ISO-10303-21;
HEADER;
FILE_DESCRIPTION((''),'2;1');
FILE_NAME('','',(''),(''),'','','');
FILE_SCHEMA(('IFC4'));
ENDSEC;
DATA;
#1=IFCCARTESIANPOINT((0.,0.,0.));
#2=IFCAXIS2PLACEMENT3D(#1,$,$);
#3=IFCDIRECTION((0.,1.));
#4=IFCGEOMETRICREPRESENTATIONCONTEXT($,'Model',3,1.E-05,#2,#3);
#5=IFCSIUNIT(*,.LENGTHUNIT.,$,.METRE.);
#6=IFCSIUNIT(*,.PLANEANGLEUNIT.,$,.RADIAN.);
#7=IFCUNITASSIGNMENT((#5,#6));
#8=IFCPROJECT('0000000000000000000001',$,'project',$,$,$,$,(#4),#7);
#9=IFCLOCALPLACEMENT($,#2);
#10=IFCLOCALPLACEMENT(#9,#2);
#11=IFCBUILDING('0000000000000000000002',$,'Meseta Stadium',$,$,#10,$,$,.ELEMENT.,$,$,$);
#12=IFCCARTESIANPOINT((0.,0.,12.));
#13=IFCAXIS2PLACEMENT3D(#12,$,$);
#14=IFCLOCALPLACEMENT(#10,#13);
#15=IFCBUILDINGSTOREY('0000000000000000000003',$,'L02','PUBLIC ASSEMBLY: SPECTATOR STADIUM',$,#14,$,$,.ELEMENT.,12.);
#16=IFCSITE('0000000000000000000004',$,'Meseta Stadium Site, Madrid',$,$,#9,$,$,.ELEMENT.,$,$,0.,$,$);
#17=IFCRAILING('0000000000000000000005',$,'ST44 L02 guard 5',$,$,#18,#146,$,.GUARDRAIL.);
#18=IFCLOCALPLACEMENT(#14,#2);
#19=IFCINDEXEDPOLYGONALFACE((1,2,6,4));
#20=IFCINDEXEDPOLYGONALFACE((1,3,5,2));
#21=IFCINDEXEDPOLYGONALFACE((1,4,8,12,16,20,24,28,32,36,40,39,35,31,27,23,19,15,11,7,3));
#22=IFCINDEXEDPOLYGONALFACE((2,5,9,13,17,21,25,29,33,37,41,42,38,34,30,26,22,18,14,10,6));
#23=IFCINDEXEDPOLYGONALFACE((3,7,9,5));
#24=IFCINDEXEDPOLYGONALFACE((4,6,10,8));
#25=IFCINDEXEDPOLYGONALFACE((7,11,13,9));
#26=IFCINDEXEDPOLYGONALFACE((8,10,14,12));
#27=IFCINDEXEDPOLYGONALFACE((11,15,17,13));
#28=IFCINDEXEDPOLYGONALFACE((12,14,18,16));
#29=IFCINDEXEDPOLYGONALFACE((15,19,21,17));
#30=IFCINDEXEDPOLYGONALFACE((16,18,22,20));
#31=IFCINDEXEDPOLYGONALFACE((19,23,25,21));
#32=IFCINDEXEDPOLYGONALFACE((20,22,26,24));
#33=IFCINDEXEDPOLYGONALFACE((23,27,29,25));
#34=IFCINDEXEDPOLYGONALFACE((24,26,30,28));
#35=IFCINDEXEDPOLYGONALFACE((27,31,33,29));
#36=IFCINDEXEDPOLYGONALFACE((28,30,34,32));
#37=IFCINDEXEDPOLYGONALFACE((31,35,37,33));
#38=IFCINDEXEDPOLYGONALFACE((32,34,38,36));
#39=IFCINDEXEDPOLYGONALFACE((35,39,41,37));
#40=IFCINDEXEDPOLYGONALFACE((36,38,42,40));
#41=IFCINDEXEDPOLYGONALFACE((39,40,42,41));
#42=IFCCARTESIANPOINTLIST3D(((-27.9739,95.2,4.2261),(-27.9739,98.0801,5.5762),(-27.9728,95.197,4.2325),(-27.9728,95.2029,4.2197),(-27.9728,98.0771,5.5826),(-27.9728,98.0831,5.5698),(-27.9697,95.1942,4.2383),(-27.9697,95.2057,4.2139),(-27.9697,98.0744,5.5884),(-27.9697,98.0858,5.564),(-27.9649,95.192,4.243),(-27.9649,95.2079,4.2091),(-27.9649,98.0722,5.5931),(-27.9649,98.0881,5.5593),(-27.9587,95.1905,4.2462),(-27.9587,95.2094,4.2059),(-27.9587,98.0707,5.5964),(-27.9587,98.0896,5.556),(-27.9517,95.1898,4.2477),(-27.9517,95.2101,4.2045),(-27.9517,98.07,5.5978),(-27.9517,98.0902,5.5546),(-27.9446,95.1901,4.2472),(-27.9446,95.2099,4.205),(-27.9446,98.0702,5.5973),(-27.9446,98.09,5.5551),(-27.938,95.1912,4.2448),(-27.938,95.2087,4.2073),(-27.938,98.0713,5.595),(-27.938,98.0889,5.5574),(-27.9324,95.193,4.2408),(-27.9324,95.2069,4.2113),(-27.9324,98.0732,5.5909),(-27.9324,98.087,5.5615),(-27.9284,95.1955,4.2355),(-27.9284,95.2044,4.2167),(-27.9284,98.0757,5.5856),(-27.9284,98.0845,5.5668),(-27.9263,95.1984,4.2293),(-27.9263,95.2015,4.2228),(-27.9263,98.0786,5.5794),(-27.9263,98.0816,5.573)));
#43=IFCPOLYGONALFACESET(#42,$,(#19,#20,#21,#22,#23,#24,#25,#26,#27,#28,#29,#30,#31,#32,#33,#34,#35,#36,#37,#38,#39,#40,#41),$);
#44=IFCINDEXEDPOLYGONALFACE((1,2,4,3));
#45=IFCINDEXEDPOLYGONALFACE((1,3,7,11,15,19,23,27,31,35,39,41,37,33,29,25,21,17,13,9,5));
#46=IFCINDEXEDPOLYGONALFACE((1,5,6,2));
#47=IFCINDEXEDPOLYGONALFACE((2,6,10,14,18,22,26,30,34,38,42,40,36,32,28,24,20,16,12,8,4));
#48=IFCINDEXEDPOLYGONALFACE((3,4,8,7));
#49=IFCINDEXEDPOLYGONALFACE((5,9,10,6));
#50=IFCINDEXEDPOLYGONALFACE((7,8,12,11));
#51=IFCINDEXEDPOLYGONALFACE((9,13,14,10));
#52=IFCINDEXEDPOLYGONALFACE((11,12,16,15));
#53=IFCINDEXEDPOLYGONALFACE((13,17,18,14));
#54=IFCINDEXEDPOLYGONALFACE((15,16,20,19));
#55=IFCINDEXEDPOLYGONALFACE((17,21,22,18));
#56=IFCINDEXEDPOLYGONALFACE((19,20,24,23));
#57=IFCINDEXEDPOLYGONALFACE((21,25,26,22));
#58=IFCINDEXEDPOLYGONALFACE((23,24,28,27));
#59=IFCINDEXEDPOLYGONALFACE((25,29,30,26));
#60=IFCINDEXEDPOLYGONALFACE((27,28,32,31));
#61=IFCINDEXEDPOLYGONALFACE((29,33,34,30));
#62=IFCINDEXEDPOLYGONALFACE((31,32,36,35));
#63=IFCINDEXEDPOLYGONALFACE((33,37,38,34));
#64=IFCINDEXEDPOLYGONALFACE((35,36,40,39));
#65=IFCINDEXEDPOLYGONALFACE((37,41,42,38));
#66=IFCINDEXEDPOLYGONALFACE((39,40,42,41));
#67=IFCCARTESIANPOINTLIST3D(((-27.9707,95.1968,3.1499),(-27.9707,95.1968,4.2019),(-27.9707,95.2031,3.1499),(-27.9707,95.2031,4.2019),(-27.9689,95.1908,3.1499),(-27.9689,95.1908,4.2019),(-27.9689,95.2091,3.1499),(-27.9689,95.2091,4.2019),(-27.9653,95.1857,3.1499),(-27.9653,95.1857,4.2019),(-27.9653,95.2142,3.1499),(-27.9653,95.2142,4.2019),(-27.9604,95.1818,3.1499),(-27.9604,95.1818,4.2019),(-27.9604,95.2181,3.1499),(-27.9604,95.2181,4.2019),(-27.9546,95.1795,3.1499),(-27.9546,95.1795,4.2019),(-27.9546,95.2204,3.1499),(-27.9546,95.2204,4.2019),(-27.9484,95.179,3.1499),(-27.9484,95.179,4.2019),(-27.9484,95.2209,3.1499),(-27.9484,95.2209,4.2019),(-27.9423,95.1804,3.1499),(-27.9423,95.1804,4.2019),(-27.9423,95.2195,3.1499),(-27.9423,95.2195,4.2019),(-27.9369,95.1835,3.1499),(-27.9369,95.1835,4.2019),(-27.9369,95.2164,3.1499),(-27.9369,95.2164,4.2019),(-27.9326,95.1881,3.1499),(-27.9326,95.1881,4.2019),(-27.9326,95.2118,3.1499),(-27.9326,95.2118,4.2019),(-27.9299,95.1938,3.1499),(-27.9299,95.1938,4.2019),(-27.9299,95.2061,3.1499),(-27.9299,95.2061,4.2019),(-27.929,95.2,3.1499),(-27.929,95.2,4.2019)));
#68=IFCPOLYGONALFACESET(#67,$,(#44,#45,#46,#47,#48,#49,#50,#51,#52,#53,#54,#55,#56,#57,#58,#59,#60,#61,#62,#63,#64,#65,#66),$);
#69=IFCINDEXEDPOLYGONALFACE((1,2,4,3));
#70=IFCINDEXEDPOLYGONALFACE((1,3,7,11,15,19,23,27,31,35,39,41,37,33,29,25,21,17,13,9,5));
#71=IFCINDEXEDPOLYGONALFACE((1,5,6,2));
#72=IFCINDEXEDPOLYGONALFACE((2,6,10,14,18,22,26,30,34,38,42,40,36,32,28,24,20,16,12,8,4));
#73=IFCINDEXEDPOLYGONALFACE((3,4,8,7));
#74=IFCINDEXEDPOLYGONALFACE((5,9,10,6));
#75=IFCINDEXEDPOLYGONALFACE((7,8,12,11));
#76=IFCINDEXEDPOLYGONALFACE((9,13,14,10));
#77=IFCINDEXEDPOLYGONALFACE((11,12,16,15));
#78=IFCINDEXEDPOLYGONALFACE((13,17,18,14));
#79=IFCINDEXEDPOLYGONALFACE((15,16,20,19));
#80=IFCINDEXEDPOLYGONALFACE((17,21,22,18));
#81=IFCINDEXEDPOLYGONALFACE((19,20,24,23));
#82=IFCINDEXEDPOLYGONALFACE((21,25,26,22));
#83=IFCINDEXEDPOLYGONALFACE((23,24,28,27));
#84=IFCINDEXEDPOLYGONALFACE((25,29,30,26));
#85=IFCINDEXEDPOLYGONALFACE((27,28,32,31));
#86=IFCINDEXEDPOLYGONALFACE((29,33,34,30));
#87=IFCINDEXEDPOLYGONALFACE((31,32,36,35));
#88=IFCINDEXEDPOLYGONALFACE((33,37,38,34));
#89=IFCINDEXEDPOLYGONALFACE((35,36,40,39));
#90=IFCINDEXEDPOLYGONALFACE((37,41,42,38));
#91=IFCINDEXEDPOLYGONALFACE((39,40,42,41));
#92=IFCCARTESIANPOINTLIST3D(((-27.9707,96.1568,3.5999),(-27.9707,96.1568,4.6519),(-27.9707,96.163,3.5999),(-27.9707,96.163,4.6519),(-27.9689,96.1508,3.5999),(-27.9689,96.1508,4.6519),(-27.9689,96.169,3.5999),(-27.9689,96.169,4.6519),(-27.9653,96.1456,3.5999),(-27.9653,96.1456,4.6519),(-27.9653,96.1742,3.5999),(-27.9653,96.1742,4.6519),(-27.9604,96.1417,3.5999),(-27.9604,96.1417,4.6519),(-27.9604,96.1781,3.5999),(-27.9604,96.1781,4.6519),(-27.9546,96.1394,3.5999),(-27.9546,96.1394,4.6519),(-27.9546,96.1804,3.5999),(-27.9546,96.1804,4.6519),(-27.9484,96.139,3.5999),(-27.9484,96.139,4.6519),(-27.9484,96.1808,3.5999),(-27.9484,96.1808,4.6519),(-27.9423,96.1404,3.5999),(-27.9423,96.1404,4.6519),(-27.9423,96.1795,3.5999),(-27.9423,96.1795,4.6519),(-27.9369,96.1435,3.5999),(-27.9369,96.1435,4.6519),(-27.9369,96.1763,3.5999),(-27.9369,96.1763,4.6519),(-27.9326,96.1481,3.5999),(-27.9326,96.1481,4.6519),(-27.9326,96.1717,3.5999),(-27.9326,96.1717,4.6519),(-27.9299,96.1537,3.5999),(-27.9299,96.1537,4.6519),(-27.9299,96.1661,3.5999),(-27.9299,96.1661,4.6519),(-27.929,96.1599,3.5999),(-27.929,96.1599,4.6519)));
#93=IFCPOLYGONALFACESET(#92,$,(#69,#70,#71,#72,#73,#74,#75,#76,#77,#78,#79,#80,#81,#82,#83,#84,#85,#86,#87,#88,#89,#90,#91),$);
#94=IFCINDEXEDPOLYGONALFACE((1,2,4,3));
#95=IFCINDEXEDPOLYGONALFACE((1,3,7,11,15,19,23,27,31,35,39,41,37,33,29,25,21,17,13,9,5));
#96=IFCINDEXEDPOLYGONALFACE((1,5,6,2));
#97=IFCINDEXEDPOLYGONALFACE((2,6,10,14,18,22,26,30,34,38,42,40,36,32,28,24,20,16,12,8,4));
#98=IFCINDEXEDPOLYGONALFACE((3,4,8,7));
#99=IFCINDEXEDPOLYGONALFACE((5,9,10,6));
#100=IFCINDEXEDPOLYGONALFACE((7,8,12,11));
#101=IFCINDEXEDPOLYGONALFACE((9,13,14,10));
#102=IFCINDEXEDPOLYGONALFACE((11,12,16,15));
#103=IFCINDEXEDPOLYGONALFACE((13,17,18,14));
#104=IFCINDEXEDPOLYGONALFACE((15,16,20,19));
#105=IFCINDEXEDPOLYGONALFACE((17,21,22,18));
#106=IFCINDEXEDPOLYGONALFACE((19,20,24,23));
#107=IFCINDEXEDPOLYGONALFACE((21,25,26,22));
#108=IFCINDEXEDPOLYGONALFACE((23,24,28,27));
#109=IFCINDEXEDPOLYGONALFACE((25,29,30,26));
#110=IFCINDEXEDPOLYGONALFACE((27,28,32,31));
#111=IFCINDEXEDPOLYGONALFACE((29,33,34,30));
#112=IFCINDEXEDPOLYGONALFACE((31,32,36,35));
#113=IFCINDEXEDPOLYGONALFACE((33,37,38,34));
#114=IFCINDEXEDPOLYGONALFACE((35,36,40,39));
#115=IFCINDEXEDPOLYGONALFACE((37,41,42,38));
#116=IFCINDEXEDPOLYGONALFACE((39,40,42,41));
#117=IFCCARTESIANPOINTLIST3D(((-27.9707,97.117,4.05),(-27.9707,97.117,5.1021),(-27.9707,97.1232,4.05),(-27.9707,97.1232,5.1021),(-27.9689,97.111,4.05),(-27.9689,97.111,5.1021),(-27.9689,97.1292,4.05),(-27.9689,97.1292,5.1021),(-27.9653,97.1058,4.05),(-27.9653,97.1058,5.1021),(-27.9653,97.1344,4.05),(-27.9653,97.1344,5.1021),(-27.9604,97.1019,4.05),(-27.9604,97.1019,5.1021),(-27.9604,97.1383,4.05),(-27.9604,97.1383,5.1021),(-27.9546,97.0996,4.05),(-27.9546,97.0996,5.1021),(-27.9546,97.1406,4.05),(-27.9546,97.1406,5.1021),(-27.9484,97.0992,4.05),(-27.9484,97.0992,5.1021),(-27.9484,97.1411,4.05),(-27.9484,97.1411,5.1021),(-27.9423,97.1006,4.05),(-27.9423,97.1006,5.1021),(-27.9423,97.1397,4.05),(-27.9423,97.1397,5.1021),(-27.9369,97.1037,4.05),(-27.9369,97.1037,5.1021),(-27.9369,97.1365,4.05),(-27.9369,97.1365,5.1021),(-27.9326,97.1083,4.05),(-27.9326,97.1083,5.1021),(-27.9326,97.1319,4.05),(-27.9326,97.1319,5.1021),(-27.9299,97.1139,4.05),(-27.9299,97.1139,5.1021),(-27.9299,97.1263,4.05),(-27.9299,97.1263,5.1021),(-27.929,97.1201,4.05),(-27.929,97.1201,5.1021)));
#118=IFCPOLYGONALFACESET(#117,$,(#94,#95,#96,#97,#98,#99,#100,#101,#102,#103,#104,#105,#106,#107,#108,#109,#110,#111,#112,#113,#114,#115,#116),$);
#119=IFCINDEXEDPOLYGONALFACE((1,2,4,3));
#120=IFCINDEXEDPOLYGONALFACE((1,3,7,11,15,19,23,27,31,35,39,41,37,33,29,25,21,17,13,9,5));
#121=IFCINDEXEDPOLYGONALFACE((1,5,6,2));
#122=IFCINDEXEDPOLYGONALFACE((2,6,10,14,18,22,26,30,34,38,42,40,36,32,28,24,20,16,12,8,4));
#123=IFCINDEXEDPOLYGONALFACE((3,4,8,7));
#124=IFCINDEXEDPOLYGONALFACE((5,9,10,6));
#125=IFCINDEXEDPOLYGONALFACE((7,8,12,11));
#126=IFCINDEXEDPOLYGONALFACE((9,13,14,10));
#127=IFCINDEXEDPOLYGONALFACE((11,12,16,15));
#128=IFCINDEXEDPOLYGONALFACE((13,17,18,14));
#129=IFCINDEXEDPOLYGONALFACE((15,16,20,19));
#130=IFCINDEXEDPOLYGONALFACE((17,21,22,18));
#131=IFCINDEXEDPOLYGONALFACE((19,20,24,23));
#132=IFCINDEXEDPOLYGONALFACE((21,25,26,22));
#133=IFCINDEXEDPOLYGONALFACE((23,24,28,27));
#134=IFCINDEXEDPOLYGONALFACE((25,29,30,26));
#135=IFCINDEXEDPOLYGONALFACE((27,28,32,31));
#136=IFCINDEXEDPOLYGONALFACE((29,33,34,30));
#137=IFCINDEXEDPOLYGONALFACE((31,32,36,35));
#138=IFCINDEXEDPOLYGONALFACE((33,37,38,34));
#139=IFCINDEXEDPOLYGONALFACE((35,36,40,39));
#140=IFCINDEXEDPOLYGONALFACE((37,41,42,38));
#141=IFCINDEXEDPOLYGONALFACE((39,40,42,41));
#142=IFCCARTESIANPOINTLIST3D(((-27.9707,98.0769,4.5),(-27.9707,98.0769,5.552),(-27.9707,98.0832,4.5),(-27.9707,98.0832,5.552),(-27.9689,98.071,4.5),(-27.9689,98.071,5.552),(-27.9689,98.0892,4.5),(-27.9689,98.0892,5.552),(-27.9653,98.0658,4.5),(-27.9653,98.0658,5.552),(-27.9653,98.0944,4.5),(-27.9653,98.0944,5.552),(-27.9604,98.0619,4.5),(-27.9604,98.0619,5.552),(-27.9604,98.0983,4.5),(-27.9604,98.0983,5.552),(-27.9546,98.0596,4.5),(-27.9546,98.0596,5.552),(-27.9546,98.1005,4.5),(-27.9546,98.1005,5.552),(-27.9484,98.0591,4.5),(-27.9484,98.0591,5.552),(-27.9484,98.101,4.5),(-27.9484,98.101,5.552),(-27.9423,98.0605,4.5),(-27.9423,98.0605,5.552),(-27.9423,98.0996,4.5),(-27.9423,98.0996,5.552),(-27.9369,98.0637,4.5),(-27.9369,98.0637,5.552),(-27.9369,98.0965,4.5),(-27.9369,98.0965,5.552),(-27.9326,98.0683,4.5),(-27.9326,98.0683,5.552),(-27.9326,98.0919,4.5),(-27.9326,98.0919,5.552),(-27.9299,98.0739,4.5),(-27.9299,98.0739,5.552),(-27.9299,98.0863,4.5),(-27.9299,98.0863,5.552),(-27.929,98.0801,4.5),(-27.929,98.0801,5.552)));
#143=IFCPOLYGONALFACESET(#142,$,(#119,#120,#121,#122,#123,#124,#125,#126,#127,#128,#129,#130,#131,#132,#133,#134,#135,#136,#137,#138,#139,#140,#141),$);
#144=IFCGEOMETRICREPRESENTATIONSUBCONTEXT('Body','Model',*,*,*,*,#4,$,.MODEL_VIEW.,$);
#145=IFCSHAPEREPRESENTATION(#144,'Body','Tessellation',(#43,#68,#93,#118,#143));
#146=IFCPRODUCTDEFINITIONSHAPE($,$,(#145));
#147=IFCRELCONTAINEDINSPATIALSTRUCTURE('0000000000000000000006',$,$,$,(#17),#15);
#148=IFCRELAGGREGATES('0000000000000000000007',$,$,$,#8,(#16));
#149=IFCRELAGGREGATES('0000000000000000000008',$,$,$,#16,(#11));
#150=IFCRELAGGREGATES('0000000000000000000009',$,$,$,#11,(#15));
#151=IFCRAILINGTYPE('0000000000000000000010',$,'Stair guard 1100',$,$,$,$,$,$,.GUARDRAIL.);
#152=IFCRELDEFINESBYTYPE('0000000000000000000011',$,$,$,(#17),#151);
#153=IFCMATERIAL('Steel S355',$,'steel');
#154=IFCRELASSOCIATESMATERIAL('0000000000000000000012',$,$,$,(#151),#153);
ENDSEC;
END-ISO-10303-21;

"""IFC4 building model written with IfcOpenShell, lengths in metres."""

from ifc_helpers import new_model, si_unit, direction, frame, origin, origin_2d, place, context, subcontext, project, spatial, circle, extrude, material, type_object, element, save


model = new_model("IFC4")

# Units and contexts
model_context = context("Model", 3, precision=1e-05, world=origin(), true_north=direction((0.0, 1.0)))
body_context = subcontext(model_context, "Body", "Model", "MODEL_VIEW")
ifc_project = project(units=[si_unit("LENGTHUNIT", "METRE"), si_unit("PLANEANGLEUNIT", "RADIAN")], contexts=[model_context])

# Site, building, storey
site_placement = place(None, origin())
site = spatial("IfcSite", under=ifc_project, at=site_placement, Name="Meseta Stadium Site, Madrid", CompositionType="ELEMENT", RefElevation=0.0)
building_placement = place(site_placement, origin())
building = spatial("IfcBuilding", under=site, at=building_placement, Name="Meseta Stadium", CompositionType="ELEMENT")
storey_placement = place(building_placement, frame((0.0, 0.0, 12.0)))
storey = spatial("IfcBuildingStorey", under=building, at=storey_placement, Name="L02", Description="PUBLIC ASSEMBLY: SPECTATOR STADIUM", CompositionType="ELEMENT", Elevation=12.0)

# Railing
ifc_material_1 = material(Name="Steel S355", Category="steel")
railing_type_1 = type_object("IfcRailingType", Name="Stair guard 1100", PredefinedType="GUARDRAIL", material=ifc_material_1)
railing_1_placement = place(storey_placement, frame((-27.95, 95.2, 3.1499)))
element("IfcRailing", 1, at=railing_1_placement, inside=storey, type_object=railing_type_1, Name="ST44 L02 guard 5", PredefinedType="GUARDRAIL", context=body_context, shape_type="SweptSolid", body=[
    extrude(circle(Radius=0.0239, at=origin_2d()), frame((0.0, 0.0, 1.0762), z_axis=(0.0, 0.905454, 0.424444), x_axis=(-1.0, 0.0, 0.0)), (0.0, 0.0, 1.0), 3.1809),
    extrude(circle(Radius=0.021, at=origin_2d()), origin(), (0.0, 0.0, 1.0), 1.052),
    extrude(circle(Radius=0.021, at=origin_2d()), frame((0.0, 0.96, 0.45)), (0.0, 0.0, 1.0), 1.052),
    extrude(circle(Radius=0.021, at=origin_2d()), frame((0.0, 1.9202, 0.9001)), (0.0, 0.0, 1.0), 1.052),
    extrude(circle(Radius=0.021, at=origin_2d()), frame((0.0, 2.8801, 1.3501)), (0.0, 0.0, 1.0), 1.052),
])

save(model, "model.ifc")
